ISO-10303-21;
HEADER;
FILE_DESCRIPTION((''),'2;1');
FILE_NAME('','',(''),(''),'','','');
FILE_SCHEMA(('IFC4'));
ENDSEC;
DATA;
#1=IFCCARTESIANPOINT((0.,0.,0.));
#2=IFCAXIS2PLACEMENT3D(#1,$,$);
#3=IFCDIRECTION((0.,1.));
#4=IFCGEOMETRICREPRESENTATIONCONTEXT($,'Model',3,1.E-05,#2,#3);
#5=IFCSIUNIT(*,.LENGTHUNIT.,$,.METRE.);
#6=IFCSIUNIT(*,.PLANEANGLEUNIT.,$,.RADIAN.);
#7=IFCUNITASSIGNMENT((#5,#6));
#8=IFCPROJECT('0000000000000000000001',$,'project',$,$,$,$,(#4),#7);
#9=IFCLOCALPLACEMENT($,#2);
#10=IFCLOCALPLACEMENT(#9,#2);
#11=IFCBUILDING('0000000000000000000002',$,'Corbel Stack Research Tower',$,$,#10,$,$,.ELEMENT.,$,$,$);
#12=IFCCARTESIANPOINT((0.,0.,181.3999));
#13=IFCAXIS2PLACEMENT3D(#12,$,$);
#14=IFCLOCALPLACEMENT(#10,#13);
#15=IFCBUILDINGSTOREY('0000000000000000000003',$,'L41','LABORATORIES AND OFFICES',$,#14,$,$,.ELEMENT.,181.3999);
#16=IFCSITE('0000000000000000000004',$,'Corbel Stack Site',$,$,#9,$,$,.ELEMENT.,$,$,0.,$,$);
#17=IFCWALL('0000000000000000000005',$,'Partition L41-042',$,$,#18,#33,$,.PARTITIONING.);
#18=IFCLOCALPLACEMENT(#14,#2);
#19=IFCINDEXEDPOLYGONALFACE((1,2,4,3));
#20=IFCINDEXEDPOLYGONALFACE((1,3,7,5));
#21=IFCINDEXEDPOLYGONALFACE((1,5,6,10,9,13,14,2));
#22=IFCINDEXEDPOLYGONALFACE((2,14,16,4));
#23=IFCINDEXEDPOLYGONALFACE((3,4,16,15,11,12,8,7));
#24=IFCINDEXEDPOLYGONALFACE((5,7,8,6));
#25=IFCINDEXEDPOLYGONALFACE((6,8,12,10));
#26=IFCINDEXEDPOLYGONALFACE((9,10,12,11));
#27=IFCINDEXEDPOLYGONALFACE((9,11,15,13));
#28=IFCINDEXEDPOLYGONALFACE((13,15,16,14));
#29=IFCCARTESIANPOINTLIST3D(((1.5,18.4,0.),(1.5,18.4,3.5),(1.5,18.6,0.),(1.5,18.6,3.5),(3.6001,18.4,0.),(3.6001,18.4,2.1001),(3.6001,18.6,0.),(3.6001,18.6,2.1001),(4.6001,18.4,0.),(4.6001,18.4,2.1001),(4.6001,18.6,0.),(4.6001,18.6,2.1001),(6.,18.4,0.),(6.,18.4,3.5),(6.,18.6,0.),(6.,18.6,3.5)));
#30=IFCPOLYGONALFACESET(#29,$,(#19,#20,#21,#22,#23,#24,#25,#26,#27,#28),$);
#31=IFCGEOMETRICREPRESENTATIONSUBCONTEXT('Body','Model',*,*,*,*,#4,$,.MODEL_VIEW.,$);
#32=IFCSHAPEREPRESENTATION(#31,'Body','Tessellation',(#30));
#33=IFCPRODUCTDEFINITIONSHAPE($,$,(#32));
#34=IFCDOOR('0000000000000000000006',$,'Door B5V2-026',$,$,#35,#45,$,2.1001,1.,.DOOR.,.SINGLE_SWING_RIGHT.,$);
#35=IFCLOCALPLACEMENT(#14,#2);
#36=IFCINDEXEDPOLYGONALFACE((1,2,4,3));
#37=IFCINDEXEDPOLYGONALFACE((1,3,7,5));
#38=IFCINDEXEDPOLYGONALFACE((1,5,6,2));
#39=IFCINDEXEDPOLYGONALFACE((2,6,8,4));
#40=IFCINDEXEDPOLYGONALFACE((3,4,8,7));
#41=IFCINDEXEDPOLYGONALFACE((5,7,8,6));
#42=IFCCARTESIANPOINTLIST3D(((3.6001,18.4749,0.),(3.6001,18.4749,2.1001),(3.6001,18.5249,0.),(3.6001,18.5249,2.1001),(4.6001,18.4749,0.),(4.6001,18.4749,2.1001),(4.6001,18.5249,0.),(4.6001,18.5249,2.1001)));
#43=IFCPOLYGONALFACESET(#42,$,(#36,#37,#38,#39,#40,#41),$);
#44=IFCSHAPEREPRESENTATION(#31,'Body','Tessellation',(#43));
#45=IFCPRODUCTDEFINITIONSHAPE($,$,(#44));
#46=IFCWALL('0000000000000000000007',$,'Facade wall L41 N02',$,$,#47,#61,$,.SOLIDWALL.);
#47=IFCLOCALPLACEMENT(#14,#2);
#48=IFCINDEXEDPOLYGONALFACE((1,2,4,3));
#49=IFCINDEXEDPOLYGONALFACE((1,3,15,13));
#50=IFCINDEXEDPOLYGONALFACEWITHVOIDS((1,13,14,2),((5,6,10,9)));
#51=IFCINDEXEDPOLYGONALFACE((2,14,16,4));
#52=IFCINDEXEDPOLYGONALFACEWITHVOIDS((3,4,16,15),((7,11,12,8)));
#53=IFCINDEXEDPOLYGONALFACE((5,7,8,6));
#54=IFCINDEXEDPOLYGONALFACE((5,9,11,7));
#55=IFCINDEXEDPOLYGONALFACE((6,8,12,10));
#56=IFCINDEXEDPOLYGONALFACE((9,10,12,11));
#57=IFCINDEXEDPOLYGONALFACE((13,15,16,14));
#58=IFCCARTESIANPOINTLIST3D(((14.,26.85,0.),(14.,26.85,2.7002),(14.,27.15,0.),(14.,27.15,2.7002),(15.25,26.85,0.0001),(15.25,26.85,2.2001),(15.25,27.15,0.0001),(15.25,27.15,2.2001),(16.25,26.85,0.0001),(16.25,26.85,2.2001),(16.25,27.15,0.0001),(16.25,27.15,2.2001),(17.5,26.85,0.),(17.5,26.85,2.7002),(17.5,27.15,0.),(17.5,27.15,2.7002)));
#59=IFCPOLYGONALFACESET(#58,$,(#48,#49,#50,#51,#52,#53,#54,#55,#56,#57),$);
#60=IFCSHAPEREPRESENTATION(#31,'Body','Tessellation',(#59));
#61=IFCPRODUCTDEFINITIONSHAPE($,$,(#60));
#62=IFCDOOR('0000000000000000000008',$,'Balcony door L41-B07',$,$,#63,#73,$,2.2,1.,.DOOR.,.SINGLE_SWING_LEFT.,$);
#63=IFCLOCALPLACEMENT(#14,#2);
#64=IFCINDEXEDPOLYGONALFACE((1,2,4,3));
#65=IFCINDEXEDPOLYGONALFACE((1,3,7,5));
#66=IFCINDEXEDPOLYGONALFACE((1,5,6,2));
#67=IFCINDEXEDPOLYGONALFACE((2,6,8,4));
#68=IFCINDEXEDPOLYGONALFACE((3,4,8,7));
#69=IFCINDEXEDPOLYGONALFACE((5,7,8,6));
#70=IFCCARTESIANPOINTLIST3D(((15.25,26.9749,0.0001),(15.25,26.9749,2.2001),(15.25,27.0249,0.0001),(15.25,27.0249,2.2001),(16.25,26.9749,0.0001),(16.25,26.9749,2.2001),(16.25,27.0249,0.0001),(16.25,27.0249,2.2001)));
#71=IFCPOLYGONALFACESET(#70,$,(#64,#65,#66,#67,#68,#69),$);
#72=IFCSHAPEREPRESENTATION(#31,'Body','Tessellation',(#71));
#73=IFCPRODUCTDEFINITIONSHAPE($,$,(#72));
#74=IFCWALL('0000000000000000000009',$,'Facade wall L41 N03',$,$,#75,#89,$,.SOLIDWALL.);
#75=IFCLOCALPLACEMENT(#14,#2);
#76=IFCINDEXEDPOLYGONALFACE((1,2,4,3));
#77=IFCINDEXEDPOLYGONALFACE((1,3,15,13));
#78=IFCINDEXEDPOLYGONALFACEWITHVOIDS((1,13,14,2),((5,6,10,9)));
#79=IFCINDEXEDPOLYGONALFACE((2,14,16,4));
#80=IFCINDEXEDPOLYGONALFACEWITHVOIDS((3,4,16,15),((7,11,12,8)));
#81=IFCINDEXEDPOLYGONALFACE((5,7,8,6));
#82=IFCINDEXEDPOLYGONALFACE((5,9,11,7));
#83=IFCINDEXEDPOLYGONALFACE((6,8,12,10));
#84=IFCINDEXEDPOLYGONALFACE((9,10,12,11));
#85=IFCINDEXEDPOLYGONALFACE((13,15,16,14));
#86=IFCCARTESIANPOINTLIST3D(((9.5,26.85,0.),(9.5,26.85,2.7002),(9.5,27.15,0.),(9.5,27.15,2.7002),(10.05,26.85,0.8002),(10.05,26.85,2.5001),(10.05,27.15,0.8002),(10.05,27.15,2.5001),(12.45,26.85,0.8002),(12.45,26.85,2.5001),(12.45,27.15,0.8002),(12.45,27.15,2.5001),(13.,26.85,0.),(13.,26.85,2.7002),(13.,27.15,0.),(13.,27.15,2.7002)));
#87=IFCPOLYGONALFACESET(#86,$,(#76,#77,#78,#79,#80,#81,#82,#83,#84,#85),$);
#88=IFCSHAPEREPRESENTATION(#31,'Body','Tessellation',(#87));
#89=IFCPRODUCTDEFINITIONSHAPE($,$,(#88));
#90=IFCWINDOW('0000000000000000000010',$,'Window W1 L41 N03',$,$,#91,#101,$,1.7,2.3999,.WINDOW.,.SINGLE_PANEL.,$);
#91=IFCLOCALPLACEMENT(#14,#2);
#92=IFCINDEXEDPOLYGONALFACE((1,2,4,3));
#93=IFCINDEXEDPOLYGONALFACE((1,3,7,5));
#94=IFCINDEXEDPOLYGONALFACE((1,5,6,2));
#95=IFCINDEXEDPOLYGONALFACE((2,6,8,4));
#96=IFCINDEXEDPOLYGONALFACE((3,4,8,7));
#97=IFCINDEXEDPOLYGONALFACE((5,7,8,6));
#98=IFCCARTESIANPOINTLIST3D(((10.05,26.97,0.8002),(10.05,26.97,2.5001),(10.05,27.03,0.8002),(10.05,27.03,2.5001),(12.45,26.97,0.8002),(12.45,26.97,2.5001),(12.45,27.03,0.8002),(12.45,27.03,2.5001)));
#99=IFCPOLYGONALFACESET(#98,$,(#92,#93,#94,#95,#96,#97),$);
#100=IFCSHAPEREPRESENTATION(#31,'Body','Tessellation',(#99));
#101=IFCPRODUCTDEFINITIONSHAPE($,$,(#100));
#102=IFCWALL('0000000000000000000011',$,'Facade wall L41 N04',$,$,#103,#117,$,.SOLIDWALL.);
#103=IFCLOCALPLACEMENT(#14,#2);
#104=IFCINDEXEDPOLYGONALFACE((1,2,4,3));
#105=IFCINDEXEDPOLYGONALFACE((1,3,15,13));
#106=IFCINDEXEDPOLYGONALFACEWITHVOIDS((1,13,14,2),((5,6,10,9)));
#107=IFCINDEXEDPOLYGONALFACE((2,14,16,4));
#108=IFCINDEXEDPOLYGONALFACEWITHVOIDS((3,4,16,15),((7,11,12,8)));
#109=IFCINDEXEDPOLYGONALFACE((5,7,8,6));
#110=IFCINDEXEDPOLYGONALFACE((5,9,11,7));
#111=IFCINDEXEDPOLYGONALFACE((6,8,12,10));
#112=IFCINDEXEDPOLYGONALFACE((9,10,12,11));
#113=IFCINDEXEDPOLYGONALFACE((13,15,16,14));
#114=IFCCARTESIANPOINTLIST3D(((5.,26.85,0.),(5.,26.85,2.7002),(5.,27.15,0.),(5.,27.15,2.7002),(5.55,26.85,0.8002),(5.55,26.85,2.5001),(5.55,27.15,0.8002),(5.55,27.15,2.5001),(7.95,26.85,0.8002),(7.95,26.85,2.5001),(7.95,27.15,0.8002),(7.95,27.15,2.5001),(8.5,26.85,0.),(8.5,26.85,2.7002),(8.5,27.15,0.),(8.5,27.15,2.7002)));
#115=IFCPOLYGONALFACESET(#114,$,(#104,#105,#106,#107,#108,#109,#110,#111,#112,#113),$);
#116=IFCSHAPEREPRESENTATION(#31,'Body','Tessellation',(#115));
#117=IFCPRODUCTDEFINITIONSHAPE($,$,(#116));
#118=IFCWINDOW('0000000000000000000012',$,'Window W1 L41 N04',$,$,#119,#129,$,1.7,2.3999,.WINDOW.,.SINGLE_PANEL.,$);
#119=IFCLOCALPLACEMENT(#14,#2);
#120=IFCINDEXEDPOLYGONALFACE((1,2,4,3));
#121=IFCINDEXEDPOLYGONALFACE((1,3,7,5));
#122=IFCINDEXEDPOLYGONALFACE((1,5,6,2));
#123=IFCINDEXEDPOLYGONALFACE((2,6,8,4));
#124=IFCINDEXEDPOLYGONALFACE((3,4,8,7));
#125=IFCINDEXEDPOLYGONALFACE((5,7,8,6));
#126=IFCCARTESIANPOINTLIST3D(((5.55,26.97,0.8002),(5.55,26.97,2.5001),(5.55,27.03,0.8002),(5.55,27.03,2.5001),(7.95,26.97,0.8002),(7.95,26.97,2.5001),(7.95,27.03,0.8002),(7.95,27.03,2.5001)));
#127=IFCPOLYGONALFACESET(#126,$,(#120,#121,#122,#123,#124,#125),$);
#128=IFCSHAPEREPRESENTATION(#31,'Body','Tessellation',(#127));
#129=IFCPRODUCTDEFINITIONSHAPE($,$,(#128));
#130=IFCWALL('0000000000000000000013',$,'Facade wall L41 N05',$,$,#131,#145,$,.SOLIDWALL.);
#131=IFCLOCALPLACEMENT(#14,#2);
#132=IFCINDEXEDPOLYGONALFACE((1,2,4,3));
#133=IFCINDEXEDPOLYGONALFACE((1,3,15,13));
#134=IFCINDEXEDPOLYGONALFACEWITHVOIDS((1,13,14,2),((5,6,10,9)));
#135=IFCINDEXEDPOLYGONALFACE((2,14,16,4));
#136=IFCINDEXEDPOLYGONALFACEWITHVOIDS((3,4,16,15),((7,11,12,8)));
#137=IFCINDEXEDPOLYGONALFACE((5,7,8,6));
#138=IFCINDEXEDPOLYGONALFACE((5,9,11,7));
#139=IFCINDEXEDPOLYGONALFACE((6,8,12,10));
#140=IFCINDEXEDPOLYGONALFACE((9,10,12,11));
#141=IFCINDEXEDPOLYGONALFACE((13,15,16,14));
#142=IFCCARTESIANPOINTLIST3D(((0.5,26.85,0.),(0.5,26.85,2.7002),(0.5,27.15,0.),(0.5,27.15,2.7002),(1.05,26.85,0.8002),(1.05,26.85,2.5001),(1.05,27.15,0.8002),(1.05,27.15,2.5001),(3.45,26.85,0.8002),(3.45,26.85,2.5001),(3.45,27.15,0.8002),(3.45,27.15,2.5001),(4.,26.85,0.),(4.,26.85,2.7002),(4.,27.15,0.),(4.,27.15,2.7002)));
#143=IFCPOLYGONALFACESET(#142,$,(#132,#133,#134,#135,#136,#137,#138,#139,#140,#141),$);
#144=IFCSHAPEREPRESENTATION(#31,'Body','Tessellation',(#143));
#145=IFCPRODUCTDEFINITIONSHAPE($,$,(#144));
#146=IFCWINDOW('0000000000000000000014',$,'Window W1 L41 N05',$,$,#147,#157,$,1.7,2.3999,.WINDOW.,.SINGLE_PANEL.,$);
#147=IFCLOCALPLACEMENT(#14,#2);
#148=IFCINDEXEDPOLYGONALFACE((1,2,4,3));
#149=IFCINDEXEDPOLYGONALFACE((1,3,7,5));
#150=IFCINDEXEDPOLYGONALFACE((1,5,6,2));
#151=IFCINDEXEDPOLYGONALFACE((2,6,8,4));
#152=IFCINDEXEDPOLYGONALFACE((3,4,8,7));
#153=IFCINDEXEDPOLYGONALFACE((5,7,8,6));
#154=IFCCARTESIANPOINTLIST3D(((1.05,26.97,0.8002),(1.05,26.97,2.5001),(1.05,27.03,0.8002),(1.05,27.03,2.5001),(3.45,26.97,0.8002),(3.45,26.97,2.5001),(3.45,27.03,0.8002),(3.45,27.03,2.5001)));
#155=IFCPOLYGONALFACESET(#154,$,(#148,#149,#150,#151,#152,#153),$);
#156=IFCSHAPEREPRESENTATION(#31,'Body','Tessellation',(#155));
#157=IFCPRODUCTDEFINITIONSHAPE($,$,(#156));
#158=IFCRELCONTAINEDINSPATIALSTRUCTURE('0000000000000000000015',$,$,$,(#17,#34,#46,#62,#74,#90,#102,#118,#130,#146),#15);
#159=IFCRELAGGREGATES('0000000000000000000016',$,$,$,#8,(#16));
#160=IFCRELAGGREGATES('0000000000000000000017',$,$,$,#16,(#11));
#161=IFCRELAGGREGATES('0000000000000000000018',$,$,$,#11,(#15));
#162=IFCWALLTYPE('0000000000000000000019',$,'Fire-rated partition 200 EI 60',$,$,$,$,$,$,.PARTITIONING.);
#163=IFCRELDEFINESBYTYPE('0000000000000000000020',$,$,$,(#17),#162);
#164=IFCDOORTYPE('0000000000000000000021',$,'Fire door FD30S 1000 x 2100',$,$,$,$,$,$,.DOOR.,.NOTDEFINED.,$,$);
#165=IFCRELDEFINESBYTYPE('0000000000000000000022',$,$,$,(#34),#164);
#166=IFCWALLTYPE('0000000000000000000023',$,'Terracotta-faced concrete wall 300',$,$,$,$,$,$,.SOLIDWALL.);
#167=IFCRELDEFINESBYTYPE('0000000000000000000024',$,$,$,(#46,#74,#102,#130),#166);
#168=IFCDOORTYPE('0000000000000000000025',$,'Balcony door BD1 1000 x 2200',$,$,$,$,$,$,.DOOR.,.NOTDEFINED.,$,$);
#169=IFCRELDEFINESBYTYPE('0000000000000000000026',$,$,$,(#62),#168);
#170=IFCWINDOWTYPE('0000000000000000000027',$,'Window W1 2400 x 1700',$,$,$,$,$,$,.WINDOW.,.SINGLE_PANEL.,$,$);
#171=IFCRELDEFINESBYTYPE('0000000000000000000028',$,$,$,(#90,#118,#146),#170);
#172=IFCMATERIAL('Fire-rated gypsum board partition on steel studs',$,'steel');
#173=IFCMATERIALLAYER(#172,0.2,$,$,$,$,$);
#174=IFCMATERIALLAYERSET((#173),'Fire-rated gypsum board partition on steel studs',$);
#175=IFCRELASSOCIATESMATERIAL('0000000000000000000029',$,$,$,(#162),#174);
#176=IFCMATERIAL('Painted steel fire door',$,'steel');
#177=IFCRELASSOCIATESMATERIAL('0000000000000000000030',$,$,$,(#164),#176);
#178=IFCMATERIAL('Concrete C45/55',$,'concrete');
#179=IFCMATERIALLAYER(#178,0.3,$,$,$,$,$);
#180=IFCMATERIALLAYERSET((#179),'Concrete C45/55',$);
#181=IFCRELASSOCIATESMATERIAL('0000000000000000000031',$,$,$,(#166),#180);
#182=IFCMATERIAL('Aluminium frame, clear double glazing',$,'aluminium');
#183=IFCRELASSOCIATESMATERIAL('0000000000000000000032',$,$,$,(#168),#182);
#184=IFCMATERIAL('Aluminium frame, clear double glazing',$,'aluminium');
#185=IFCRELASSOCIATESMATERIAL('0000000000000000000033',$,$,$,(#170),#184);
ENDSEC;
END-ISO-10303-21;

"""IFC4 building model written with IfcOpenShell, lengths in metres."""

from ifc_helpers import new_model, si_unit, direction, frame, frame_2d, origin, place, context, subcontext, project, spatial, rectangle, extrude, material, layer, layer_set, type_object, element, fill, save


model = new_model("IFC4")

# Units and contexts
model_context = context("Model", 3, precision=1e-05, world=origin(), true_north=direction((0.0, 1.0)))
body_context = subcontext(model_context, "Body", "Model", "MODEL_VIEW")
ifc_project = project(units=[si_unit("LENGTHUNIT", "METRE"), si_unit("PLANEANGLEUNIT", "RADIAN")], contexts=[model_context])

# Site, building, storey
site_placement = place(None, origin())
site = spatial("IfcSite", under=ifc_project, at=site_placement, Name="Corbel Stack Site", CompositionType="ELEMENT", RefElevation=0.0)
building_placement = place(site_placement, origin())
building = spatial("IfcBuilding", under=site, at=building_placement, Name="Corbel Stack Research Tower", CompositionType="ELEMENT")
storey_placement = place(building_placement, frame((0.0, 0.0, 181.3999)))
storey = spatial("IfcBuildingStorey", under=building, at=storey_placement, Name="L41", Description="LABORATORIES AND OFFICES", CompositionType="ELEMENT", Elevation=181.3999)

# Shared definitions
ifc_material_1 = material(Name="Fire-rated gypsum board partition on steel studs", Category="steel")
ifc_layer_1 = layer(ifc_material_1, 0.2)
ifc_layer_set_1 = layer_set([ifc_layer_1], Name="Fire-rated gypsum board partition on steel studs")
wall_type_1 = type_object("IfcWallType", Name="Fire-rated partition 200 EI 60", PredefinedType="PARTITIONING", material=ifc_layer_set_1)

# Walls, openings, doors
wall_1_placement = place(storey_placement, frame((1.5, 18.5, 0.0), z_axis=(0.0, 0.0, 1.0), x_axis=(1.0, 0.0, 0.0)))
wall_1 = element("IfcWall", 1, at=wall_1_placement, inside=storey, type_object=wall_type_1, Name="Partition L41-042", PredefinedType="PARTITIONING", context=body_context, shape_type="SweptSolid", body=[
    extrude(rectangle(XDim=4.5, YDim=0.2, at=frame_2d((2.25, 0.0))), origin(), (0.0, 0.0, 1.0), 3.5),
])
opening_1_placement = place(wall_1_placement, frame((2.1001, 0.0, 0.0)))
opening_1 = element("IfcOpeningElement", 2, at=opening_1_placement, cuts=wall_1, PredefinedType="OPENING", context=body_context, shape_type="SweptSolid", body=[
    extrude(rectangle(XDim=1.0, YDim=2.1001, at=frame_2d((0.5, 1.05))), frame((0.0, 0.1099, 0.0), z_axis=(0.0, -1.0, 0.0), x_axis=(1.0, 0.0, 0.0)), (0.0, 0.0, 1.0), 0.22),
])
ifc_material_2 = material(Name="Painted steel fire door", Category="steel")
door_type_1 = type_object("IfcDoorType", Name="Fire door FD30S 1000 x 2100", OperationType="NOTDEFINED", PredefinedType="DOOR", material=ifc_material_2)
door_1_placement = place(opening_1_placement, origin())
door_1 = element("IfcDoor", 3, at=door_1_placement, inside=storey, type_object=door_type_1, Name="Door B5V2-026", OperationType="SINGLE_SWING_RIGHT", OverallHeight=2.1001, OverallWidth=1.0, PredefinedType="DOOR", context=body_context, shape_type="SweptSolid", body=[
    extrude(rectangle(XDim=1.0, YDim=2.1001, at=frame_2d((0.5, 1.05))), frame((0.0, 0.0249, 0.0), z_axis=(0.0, -1.0, 0.0), x_axis=(1.0, 0.0, 0.0)), (0.0, 0.0, 1.0), 0.05),
])
fill(opening_1, door_1)
ifc_material_3 = material(Name="Concrete C45/55", Category="concrete")
ifc_layer_2 = layer(ifc_material_3, 0.3)
ifc_layer_set_2 = layer_set([ifc_layer_2], Name="Concrete C45/55")
wall_type_2 = type_object("IfcWallType", Name="Terracotta-faced concrete wall 300", PredefinedType="SOLIDWALL", material=ifc_layer_set_2)
wall_2_placement = place(storey_placement, frame((14.0, 27.0, 0.0), z_axis=(0.0, 0.0, 1.0), x_axis=(1.0, 0.0, 0.0)))
wall_2 = element("IfcWall", 4, at=wall_2_placement, inside=storey, type_object=wall_type_2, Name="Facade wall L41 N02", PredefinedType="SOLIDWALL", context=body_context, shape_type="SweptSolid", body=[
    extrude(rectangle(XDim=3.5, YDim=0.3, at=frame_2d((1.75, 0.0))), origin(), (0.0, 0.0, 1.0), 2.7002),
])
opening_2_placement = place(wall_2_placement, frame((1.25, 0.0, 0.0)))
opening_2 = element("IfcOpeningElement", 5, at=opening_2_placement, cuts=wall_2, PredefinedType="OPENING", context=body_context, shape_type="SweptSolid", body=[
    extrude(rectangle(XDim=1.0, YDim=2.2, at=frame_2d((0.5, 1.1001))), frame((0.0, 0.1599, 0.0), z_axis=(0.0, -1.0, 0.0), x_axis=(1.0, 0.0, 0.0)), (0.0, 0.0, 1.0), 0.3201),
])
ifc_material_4 = material(Name="Aluminium frame, clear double glazing", Category="aluminium")
door_type_2 = type_object("IfcDoorType", Name="Balcony door BD1 1000 x 2200", OperationType="NOTDEFINED", PredefinedType="DOOR", material=ifc_material_4)
door_2_placement = place(opening_2_placement, origin())
door_2 = element("IfcDoor", 6, at=door_2_placement, inside=storey, type_object=door_type_2, Name="Balcony door L41-B07", OperationType="SINGLE_SWING_LEFT", OverallHeight=2.2, OverallWidth=1.0, PredefinedType="DOOR", context=body_context, shape_type="SweptSolid", body=[
    extrude(rectangle(XDim=1.0, YDim=2.2, at=frame_2d((0.5, 1.1001))), frame((0.0, 0.0249, 0.0), z_axis=(0.0, -1.0, 0.0), x_axis=(1.0, 0.0, 0.0)), (0.0, 0.0, 1.0), 0.05),
])
fill(opening_2, door_2)

# Walls, openings, windows
wall_3_placement = place(storey_placement, frame((9.5, 27.0, 0.0), z_axis=(0.0, 0.0, 1.0), x_axis=(1.0, 0.0, 0.0)))
wall_3 = element("IfcWall", 7, at=wall_3_placement, inside=storey, type_object=wall_type_2, Name="Facade wall L41 N03", PredefinedType="SOLIDWALL", context=body_context, shape_type="SweptSolid", body=[
    extrude(rectangle(XDim=3.5, YDim=0.3, at=frame_2d((1.75, 0.0))), origin(), (0.0, 0.0, 1.0), 2.7002),
])
opening_3_placement = place(wall_3_placement, frame((0.55, 0.0, 0.8)))
opening_3 = element("IfcOpeningElement", 8, at=opening_3_placement, cuts=wall_3, PredefinedType="OPENING", context=body_context, shape_type="SweptSolid", body=[
    extrude(rectangle(XDim=2.3999, YDim=1.7, at=frame_2d((1.2, 0.8501))), frame((0.0, 0.1599, 0.0), z_axis=(0.0, -1.0, 0.0), x_axis=(1.0, 0.0, 0.0)), (0.0, 0.0, 1.0), 0.3201),
])
ifc_material_5 = material(Name="Aluminium frame, clear double glazing", Category="aluminium")
window_type = type_object("IfcWindowType", Name="Window W1 2400 x 1700", PartitioningType="SINGLE_PANEL", PredefinedType="WINDOW", material=ifc_material_5)
window_1_placement = place(opening_3_placement, origin())
window_1 = element("IfcWindow", 9, at=window_1_placement, inside=storey, type_object=window_type, Name="Window W1 L41 N03", OverallHeight=1.7, OverallWidth=2.3999, PartitioningType="SINGLE_PANEL", PredefinedType="WINDOW", context=body_context, shape_type="SweptSolid", body=[
    extrude(rectangle(XDim=2.3999, YDim=1.7, at=frame_2d((1.2, 0.8501))), frame((0.0, 0.03, 0.0), z_axis=(0.0, -1.0, 0.0), x_axis=(1.0, 0.0, 0.0)), (0.0, 0.0, 1.0), 0.0601),
])
fill(opening_3, window_1)
wall_4_placement = place(storey_placement, frame((5.0, 27.0, 0.0), z_axis=(0.0, 0.0, 1.0), x_axis=(1.0, 0.0, 0.0)))
wall_4 = element("IfcWall", 10, at=wall_4_placement, inside=storey, type_object=wall_type_2, Name="Facade wall L41 N04", PredefinedType="SOLIDWALL", context=body_context, shape_type="SweptSolid", body=[
    extrude(rectangle(XDim=3.5, YDim=0.3, at=frame_2d((1.75, 0.0))), origin(), (0.0, 0.0, 1.0), 2.7002),
])
opening_4_placement = place(wall_4_placement, frame((0.55, 0.0, 0.8)))
opening_4 = element("IfcOpeningElement", 11, at=opening_4_placement, cuts=wall_4, PredefinedType="OPENING", context=body_context, shape_type="SweptSolid", body=[
    extrude(rectangle(XDim=2.3999, YDim=1.7, at=frame_2d((1.2, 0.8501))), frame((0.0, 0.1599, 0.0), z_axis=(0.0, -1.0, 0.0), x_axis=(1.0, 0.0, 0.0)), (0.0, 0.0, 1.0), 0.3201),
])
window_2_placement = place(opening_4_placement, origin())
window_2 = element("IfcWindow", 12, at=window_2_placement, inside=storey, type_object=window_type, Name="Window W1 L41 N04", OverallHeight=1.7, OverallWidth=2.3999, PartitioningType="SINGLE_PANEL", PredefinedType="WINDOW", context=body_context, shape_type="SweptSolid", body=[
    extrude(rectangle(XDim=2.3999, YDim=1.7, at=frame_2d((1.2, 0.8501))), frame((0.0, 0.03, 0.0), z_axis=(0.0, -1.0, 0.0), x_axis=(1.0, 0.0, 0.0)), (0.0, 0.0, 1.0), 0.0601),
])
fill(opening_4, window_2)
wall_5_placement = place(storey_placement, frame((0.5, 27.0, 0.0), z_axis=(0.0, 0.0, 1.0), x_axis=(1.0, 0.0, 0.0)))
wall_5 = element("IfcWall", 13, at=wall_5_placement, inside=storey, type_object=wall_type_2, Name="Facade wall L41 N05", PredefinedType="SOLIDWALL", context=body_context, shape_type="SweptSolid", body=[
    extrude(rectangle(XDim=3.5, YDim=0.3, at=frame_2d((1.75, 0.0))), origin(), (0.0, 0.0, 1.0), 2.7002),
])
opening_5_placement = place(wall_5_placement, frame((0.55, 0.0, 0.8)))
opening_5 = element("IfcOpeningElement", 14, at=opening_5_placement, cuts=wall_5, PredefinedType="OPENING", context=body_context, shape_type="SweptSolid", body=[
    extrude(rectangle(XDim=2.3999, YDim=1.7, at=frame_2d((1.2, 0.8501))), frame((0.0, 0.1599, 0.0), z_axis=(0.0, -1.0, 0.0), x_axis=(1.0, 0.0, 0.0)), (0.0, 0.0, 1.0), 0.3201),
])
window_3_placement = place(opening_5_placement, origin())
window_3 = element("IfcWindow", 15, at=window_3_placement, inside=storey, type_object=window_type, Name="Window W1 L41 N05", OverallHeight=1.7, OverallWidth=2.3999, PartitioningType="SINGLE_PANEL", PredefinedType="WINDOW", context=body_context, shape_type="SweptSolid", body=[
    extrude(rectangle(XDim=2.3999, YDim=1.7, at=frame_2d((1.2, 0.8501))), frame((0.0, 0.03, 0.0), z_axis=(0.0, -1.0, 0.0), x_axis=(1.0, 0.0, 0.0)), (0.0, 0.0, 1.0), 0.0601),
])
fill(opening_5, window_3)

save(model, "model.ifc")
